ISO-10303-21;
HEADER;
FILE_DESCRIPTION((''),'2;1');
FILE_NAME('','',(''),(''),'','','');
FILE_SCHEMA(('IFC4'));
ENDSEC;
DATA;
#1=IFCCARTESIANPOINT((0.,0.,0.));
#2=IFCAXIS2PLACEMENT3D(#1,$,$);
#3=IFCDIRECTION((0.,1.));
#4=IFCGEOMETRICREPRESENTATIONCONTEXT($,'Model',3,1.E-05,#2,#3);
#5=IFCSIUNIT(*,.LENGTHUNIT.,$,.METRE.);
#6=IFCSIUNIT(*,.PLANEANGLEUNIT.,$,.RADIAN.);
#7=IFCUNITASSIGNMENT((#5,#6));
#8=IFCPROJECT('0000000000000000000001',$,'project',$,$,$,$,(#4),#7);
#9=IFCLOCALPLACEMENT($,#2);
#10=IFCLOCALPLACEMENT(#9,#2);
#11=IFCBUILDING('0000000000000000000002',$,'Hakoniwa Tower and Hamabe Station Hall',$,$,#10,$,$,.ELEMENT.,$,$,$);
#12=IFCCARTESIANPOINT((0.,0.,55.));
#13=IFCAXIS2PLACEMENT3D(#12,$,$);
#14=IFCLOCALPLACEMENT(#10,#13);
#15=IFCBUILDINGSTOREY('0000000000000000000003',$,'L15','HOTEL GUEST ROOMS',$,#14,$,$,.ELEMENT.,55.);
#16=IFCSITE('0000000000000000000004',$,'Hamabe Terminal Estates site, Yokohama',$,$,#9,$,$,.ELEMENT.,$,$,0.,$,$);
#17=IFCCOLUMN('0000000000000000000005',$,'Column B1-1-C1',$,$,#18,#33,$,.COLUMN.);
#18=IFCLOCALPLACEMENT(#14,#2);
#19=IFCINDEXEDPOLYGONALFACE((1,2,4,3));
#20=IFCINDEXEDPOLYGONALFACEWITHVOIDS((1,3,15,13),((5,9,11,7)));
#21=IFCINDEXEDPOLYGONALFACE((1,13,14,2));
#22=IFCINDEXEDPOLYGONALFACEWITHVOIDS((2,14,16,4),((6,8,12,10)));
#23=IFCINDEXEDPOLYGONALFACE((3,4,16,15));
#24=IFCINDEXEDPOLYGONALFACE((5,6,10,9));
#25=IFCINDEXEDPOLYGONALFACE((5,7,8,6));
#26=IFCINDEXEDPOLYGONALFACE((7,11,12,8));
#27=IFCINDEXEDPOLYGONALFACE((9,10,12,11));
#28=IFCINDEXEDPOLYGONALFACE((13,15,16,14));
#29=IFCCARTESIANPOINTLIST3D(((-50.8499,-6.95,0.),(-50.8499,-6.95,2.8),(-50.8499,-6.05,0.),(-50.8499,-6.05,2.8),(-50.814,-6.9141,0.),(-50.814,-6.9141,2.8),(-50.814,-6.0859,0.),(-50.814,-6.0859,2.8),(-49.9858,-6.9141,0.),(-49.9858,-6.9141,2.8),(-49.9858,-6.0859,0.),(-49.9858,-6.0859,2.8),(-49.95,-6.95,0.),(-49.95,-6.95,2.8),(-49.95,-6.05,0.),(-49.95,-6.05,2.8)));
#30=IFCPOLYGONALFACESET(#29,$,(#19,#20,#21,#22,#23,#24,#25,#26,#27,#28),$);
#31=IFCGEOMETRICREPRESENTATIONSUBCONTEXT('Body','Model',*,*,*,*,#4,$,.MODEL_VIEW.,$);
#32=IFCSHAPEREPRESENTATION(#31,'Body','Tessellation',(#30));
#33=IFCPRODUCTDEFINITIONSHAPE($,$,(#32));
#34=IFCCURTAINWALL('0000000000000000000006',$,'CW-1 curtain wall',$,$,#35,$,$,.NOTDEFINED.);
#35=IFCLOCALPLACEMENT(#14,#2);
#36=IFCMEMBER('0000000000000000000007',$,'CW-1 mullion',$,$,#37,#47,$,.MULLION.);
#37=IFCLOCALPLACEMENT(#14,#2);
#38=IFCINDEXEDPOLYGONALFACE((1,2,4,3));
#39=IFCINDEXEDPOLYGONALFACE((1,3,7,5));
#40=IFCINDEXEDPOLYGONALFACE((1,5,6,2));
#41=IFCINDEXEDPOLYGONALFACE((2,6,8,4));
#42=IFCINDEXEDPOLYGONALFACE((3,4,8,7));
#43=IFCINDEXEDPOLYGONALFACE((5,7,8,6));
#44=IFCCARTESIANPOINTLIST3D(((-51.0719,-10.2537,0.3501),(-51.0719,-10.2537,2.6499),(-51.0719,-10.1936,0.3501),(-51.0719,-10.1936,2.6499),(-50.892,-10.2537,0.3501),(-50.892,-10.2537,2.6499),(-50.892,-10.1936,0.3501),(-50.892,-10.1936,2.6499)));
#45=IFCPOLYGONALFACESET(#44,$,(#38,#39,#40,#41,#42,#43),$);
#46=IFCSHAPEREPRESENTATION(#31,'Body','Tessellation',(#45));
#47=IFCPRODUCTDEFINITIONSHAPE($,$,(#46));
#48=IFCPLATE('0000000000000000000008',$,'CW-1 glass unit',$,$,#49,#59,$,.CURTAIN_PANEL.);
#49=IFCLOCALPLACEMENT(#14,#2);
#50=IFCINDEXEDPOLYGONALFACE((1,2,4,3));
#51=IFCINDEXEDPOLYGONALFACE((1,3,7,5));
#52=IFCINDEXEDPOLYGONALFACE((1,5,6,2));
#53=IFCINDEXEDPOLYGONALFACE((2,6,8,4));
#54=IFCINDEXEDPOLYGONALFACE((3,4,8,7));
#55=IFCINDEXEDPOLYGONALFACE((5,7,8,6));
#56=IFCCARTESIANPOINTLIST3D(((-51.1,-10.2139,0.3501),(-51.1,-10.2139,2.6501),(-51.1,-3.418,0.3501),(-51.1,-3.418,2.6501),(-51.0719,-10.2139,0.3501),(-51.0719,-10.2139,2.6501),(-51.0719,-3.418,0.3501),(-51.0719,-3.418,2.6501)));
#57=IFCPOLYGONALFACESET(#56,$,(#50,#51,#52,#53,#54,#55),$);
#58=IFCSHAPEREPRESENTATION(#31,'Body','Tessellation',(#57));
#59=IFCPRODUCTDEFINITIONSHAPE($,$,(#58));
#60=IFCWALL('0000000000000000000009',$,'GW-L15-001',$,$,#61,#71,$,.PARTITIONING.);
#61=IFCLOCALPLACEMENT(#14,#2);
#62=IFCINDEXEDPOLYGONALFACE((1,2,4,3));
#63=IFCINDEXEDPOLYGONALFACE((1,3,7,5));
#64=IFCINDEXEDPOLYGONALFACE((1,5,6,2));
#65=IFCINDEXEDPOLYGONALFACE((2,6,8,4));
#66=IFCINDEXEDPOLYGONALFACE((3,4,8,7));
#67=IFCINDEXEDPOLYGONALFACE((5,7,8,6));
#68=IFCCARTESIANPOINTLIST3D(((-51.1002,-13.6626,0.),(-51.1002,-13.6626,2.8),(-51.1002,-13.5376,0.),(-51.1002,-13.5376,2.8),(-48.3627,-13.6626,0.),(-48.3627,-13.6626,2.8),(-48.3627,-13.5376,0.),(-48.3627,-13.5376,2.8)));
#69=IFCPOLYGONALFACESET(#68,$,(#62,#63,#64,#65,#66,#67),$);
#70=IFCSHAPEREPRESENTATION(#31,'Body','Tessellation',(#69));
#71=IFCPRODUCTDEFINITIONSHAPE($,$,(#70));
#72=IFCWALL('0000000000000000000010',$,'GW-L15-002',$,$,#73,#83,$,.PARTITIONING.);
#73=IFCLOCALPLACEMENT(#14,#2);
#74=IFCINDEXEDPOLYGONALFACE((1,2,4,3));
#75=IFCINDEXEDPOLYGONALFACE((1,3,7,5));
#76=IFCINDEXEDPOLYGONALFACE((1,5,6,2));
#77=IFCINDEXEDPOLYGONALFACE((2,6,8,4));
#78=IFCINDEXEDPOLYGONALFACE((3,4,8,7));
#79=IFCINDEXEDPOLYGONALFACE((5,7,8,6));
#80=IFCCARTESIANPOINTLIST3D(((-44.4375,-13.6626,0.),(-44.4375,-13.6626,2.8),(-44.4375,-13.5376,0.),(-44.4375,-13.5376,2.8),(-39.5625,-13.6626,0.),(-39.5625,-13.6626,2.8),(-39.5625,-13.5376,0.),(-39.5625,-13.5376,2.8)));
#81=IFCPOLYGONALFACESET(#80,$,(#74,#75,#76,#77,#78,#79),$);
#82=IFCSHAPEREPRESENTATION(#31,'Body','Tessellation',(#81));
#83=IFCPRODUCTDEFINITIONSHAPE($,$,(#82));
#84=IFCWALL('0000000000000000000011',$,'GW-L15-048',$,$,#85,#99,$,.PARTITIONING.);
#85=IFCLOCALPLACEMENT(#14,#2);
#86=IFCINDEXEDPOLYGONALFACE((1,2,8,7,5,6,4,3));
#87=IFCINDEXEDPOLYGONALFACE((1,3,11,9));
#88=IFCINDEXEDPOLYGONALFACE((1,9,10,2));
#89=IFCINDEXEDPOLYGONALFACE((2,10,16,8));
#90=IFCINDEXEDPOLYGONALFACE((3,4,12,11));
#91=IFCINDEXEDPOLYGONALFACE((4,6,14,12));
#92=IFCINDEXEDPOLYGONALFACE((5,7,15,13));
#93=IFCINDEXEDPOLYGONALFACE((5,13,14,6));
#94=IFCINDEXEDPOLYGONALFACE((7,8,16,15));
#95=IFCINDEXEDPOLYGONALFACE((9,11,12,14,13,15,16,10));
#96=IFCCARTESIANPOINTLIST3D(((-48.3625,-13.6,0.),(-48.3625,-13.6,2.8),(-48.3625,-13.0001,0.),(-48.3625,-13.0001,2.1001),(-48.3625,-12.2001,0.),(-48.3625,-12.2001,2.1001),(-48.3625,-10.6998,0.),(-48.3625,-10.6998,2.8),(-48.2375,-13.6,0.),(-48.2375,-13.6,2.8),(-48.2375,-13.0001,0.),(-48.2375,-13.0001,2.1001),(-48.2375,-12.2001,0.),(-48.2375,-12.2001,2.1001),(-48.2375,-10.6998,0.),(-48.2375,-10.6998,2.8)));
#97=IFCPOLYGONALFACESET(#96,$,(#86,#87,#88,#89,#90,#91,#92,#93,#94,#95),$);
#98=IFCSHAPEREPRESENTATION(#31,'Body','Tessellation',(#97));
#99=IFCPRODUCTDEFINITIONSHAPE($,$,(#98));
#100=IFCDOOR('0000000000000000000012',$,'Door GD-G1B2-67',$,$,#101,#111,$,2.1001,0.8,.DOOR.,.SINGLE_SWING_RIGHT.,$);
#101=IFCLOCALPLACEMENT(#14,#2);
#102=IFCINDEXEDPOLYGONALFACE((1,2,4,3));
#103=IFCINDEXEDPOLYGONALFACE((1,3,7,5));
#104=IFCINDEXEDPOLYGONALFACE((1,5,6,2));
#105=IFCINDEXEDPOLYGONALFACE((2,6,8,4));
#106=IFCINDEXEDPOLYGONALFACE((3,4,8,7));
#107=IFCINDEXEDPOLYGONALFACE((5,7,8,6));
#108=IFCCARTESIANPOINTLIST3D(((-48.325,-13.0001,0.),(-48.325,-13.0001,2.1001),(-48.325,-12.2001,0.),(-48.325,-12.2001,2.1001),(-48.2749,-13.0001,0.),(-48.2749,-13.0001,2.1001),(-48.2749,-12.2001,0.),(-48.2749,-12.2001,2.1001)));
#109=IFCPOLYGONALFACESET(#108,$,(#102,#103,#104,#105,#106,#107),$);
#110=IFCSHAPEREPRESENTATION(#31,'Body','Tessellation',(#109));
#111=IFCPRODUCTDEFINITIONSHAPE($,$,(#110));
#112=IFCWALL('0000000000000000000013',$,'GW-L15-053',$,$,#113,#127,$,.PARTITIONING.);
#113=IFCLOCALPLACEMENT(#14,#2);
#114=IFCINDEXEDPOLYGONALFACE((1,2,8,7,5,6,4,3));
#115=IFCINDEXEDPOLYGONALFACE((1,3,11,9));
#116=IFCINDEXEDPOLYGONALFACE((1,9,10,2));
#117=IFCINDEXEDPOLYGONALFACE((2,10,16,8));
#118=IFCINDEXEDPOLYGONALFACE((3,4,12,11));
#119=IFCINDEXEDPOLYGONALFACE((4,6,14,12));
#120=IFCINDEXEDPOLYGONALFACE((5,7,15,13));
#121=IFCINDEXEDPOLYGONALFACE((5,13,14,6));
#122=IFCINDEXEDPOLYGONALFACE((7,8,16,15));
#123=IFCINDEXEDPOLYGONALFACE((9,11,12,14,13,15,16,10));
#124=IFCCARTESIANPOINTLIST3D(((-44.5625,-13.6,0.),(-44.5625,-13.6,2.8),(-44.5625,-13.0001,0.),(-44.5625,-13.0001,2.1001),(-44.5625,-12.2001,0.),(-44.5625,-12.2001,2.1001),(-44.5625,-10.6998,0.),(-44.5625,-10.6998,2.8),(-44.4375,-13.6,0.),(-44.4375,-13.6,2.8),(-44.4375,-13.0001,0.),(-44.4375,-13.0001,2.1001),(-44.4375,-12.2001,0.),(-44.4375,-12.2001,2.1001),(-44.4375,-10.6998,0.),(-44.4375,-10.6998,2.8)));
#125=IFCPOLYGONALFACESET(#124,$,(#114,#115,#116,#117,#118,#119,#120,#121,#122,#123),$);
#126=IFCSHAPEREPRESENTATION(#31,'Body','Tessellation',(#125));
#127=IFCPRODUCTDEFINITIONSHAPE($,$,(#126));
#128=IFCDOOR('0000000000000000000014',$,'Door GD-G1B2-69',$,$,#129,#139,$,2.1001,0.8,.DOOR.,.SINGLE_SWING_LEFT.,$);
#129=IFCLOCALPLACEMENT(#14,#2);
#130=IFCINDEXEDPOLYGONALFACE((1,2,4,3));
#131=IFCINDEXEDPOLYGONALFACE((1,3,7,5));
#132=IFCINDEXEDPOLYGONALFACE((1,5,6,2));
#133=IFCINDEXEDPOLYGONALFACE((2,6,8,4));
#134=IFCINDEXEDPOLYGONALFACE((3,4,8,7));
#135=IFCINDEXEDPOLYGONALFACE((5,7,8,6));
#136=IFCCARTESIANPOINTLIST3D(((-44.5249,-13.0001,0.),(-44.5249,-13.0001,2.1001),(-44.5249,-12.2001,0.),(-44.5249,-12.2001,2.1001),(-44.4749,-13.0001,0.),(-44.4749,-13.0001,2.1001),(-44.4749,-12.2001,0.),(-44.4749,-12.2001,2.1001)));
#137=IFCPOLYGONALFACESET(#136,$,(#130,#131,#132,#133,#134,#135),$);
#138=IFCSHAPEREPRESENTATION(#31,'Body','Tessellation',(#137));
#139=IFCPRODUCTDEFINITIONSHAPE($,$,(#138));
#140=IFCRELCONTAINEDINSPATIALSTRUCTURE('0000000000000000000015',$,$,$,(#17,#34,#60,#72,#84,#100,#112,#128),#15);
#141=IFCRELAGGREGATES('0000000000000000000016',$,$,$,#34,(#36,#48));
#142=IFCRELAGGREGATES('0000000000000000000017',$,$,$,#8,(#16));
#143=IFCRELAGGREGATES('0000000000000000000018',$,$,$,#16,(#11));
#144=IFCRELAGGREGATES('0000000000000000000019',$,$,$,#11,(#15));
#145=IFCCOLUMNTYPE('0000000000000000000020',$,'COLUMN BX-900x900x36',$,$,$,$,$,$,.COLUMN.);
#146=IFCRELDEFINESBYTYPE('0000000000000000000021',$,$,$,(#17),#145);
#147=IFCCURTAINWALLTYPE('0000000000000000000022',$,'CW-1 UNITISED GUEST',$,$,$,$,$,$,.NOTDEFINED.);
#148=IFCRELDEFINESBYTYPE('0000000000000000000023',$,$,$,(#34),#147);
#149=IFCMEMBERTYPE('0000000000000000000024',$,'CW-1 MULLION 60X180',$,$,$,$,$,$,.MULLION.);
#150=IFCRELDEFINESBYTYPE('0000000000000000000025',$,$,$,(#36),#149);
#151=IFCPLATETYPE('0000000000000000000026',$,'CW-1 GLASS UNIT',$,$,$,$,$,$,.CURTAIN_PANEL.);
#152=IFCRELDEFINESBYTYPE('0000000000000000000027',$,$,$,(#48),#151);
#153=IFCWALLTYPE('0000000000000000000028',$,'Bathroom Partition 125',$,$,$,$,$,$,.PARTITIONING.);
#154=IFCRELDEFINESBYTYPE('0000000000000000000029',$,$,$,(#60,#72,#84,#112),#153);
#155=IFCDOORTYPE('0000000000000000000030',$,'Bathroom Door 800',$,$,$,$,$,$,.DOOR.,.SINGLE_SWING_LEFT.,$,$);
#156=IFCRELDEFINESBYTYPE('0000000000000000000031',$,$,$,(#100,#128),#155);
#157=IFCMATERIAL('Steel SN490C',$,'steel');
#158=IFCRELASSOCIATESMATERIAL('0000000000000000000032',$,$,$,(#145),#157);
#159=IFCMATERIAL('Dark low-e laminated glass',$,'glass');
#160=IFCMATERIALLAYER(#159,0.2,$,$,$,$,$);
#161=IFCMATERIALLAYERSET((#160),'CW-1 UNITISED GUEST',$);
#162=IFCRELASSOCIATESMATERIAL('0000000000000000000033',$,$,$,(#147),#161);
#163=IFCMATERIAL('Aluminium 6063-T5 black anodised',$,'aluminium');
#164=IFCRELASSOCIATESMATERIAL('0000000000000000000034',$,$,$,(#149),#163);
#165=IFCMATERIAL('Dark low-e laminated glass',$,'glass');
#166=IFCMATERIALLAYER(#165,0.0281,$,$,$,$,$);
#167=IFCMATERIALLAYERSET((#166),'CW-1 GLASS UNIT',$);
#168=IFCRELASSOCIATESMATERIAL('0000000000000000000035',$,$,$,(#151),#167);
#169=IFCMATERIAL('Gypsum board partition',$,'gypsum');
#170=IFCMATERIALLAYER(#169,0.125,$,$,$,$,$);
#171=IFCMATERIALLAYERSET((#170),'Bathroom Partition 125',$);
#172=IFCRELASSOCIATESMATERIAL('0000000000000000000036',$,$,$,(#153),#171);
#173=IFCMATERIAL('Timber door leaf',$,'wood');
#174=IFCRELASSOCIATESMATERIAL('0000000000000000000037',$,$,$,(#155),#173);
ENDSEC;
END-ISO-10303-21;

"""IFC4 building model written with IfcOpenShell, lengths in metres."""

from ifc_helpers import new_model, si_unit, direction, frame, frame_2d, origin, origin_2d, place, context, subcontext, project, spatial, rectangle, hollow_rectangle, extrude, material, layer, layer_set, material_profile, profile_set, type_object, element, fill, aggregate, save


model = new_model("IFC4")

# Units and contexts
model_context = context("Model", 3, precision=1e-05, world=origin(), true_north=direction((0.0, 1.0)))
body_context = subcontext(model_context, "Body", "Model", "MODEL_VIEW")
ifc_project = project(units=[si_unit("LENGTHUNIT", "METRE"), si_unit("PLANEANGLEUNIT", "RADIAN")], contexts=[model_context])

# Site, building, storey
site_placement = place(None, origin())
site = spatial("IfcSite", under=ifc_project, at=site_placement, Name="Hamabe Terminal Estates site, Yokohama", CompositionType="ELEMENT", RefElevation=0.0)
building_placement = place(site_placement, origin())
building = spatial("IfcBuilding", under=site, at=building_placement, Name="Hakoniwa Tower and Hamabe Station Hall", CompositionType="ELEMENT")
storey_placement = place(building_placement, frame((0.0, 0.0, 55.0)))
storey = spatial("IfcBuildingStorey", under=building, at=storey_placement, Name="L15", Description="HOTEL GUEST ROOMS", CompositionType="ELEMENT", Elevation=55.0)

# Column
ifc_material_1 = material(Name="Steel SN490C", Category="steel")
ifc_material_profile_1 = material_profile(ifc_material_1, hollow_rectangle(XDim=0.8999, YDim=0.8999, WallThickness=0.0359, at=origin_2d()), Name="BX-900x900x36")
ifc_profile_set_1 = profile_set([ifc_material_profile_1], Name="Steel SN490C")
column_type = type_object("IfcColumnType", Name="COLUMN BX-900x900x36", PredefinedType="COLUMN", material=ifc_profile_set_1)
column_placement = place(storey_placement, frame((-50.3999, -6.5, 0.0), z_axis=(0.0, 0.0, 1.0), x_axis=(1.0, 0.0, 0.0)))
element("IfcColumn", 1, at=column_placement, inside=storey, type_object=column_type, Name="Column B1-1-C1", PredefinedType="COLUMN", context=body_context, shape_type="SweptSolid", body=[
    extrude(hollow_rectangle(XDim=0.8999, YDim=0.8999, WallThickness=0.0359, at=origin_2d()), origin(), (0.0, 0.0, 1.0), 2.8),
])

# Curtain wall, member, plate
ifc_material_2 = material(Name="Dark low-e laminated glass", Category="glass")
ifc_layer_1 = layer(ifc_material_2, 0.2)
ifc_layer_set_1 = layer_set([ifc_layer_1], Name="CW-1 UNITISED GUEST")
curtain_wall_type = type_object("IfcCurtainWallType", Name="CW-1 UNITISED GUEST", PredefinedType="NOTDEFINED", material=ifc_layer_set_1)
curtain_wall_placement = place(storey_placement, origin())
curtain_wall = element("IfcCurtainWall", 2, at=curtain_wall_placement, inside=storey, type_object=curtain_wall_type, Name="CW-1 curtain wall", PredefinedType="NOTDEFINED")
ifc_material_3 = material(Name="Aluminium 6063-T5 black anodised", Category="aluminium")
ifc_material_profile_2 = material_profile(ifc_material_3, rectangle(XDim=0.0601, YDim=0.1799, at=origin_2d()), Name="CW-1 MULLION 60X180")
ifc_profile_set_2 = profile_set([ifc_material_profile_2], Name="Aluminium 6063-T5 black anodised")
member_type = type_object("IfcMemberType", Name="CW-1 MULLION 60X180", PredefinedType="MULLION", material=ifc_profile_set_2)
member_placement = place(storey_placement, frame((-50.9819, -10.2236, 0.3501), z_axis=(0.0, 0.0, 1.0), x_axis=(0.0, -1.0, 0.0)))
member = element("IfcMember", 3, at=member_placement, type_object=member_type, Name="CW-1 mullion", PredefinedType="MULLION", context=body_context, shape_type="SweptSolid", body=[
    extrude(rectangle(XDim=0.0601, YDim=0.1799, at=origin_2d()), origin(), (0.0, 0.0, 1.0), 2.2998),
])
ifc_material_4 = material(Name="Dark low-e laminated glass", Category="glass")
ifc_layer_2 = layer(ifc_material_4, 0.0281)
ifc_layer_set_2 = layer_set([ifc_layer_2], Name="CW-1 GLASS UNIT")
plate_type = type_object("IfcPlateType", Name="CW-1 GLASS UNIT", PredefinedType="CURTAIN_PANEL", material=ifc_layer_set_2)
plate_placement = place(storey_placement, frame((-51.0859, -6.8159, 0.3501), z_axis=(0.0, 0.0, 1.0), x_axis=(0.0, -1.0, 0.0)))
plate = element("IfcPlate", 4, at=plate_placement, type_object=plate_type, Name="CW-1 glass unit", PredefinedType="CURTAIN_PANEL", context=body_context, shape_type="SweptSolid", body=[
    extrude(rectangle(XDim=6.7959, YDim=0.0281, at=origin_2d()), origin(), (0.0, 0.0, 1.0), 2.3),
])
aggregate(curtain_wall, [member, plate])

# Walls
ifc_material_5 = material(Name="Gypsum board partition", Category="gypsum")
ifc_layer_3 = layer(ifc_material_5, 0.125)
ifc_layer_set_3 = layer_set([ifc_layer_3], Name="Bathroom Partition 125")
wall_type_1 = type_object("IfcWallType", Name="Bathroom Partition 125", PredefinedType="PARTITIONING", material=ifc_layer_set_3)
wall_1_placement = place(storey_placement, frame((-51.1001, -13.6001, 0.0), z_axis=(0.0, 0.0, 1.0), x_axis=(1.0, 0.0, 0.0)))
element("IfcWall", 5, at=wall_1_placement, inside=storey, type_object=wall_type_1, Name="GW-L15-001", PredefinedType="PARTITIONING", context=body_context, shape_type="SweptSolid", body=[
    extrude(rectangle(XDim=2.7375, YDim=0.125, at=frame_2d((1.3687, 0.0))), origin(), (0.0, 0.0, 1.0), 2.8),
])
wall_2_placement = place(storey_placement, frame((-44.4375, -13.6001, 0.0), z_axis=(0.0, 0.0, 1.0), x_axis=(1.0, 0.0, 0.0)))
element("IfcWall", 6, at=wall_2_placement, inside=storey, type_object=wall_type_1, Name="GW-L15-002", PredefinedType="PARTITIONING", context=body_context, shape_type="SweptSolid", body=[
    extrude(rectangle(XDim=4.875, YDim=0.125, at=frame_2d((2.4375, 0.0))), origin(), (0.0, 0.0, 1.0), 2.8),
])

# Walls, openings, doors
wall_3_placement = place(storey_placement, frame((-48.3, -13.6001, 0.0), z_axis=(0.0, 0.0, 1.0), x_axis=(0.0, 1.0, 0.0)))
wall_3 = element("IfcWall", 7, at=wall_3_placement, inside=storey, type_object=wall_type_1, Name="GW-L15-048", PredefinedType="PARTITIONING", context=body_context, shape_type="SweptSolid", body=[
    extrude(rectangle(XDim=2.9001, YDim=0.125, at=frame_2d((1.4502, 0.0))), origin(), (0.0, 0.0, 1.0), 2.8),
])
opening_1_placement = place(wall_3_placement, frame((0.6001, 0.0, 0.0)))
opening_1 = element("IfcOpeningElement", 8, at=opening_1_placement, cuts=wall_3, PredefinedType="OPENING", context=body_context, shape_type="SweptSolid", body=[
    extrude(rectangle(XDim=0.8, YDim=2.1001, at=frame_2d((0.3999, 1.05))), frame((0.0, 0.0725, 0.0), z_axis=(0.0, -1.0, 0.0), x_axis=(1.0, 0.0, 0.0)), (0.0, 0.0, 1.0), 0.145),
])
ifc_material_6 = material(Name="Timber door leaf", Category="wood")
door_type_1 = type_object("IfcDoorType", Name="Bathroom Door 800", OperationType="SINGLE_SWING_LEFT", PredefinedType="DOOR", material=ifc_material_6)
door_1_placement = place(opening_1_placement, origin())
door_1 = element("IfcDoor", 9, at=door_1_placement, inside=storey, type_object=door_type_1, Name="Door GD-G1B2-67", OperationType="SINGLE_SWING_RIGHT", OverallHeight=2.1001, OverallWidth=0.8, PredefinedType="DOOR", context=body_context, shape_type="SweptSolid", body=[
    extrude(rectangle(XDim=0.8, YDim=2.1001, at=frame_2d((0.3999, 1.05))), frame((0.0, 0.0249, 0.0), z_axis=(0.0, -1.0, 0.0), x_axis=(1.0, 0.0, 0.0)), (0.0, 0.0, 1.0), 0.05),
])
fill(opening_1, door_1)
wall_4_placement = place(storey_placement, frame((-44.5, -13.6001, 0.0), z_axis=(0.0, 0.0, 1.0), x_axis=(0.0, 1.0, 0.0)))
wall_4 = element("IfcWall", 10, at=wall_4_placement, inside=storey, type_object=wall_type_1, Name="GW-L15-053", PredefinedType="PARTITIONING", context=body_context, shape_type="SweptSolid", body=[
    extrude(rectangle(XDim=2.9001, YDim=0.125, at=frame_2d((1.4502, 0.0))), origin(), (0.0, 0.0, 1.0), 2.8),
])
opening_2_placement = place(wall_4_placement, frame((0.6001, 0.0, 0.0)))
opening_2 = element("IfcOpeningElement", 11, at=opening_2_placement, cuts=wall_4, PredefinedType="OPENING", context=body_context, shape_type="SweptSolid", body=[
    extrude(rectangle(XDim=0.8, YDim=2.1001, at=frame_2d((0.3999, 1.05))), frame((0.0, 0.0725, 0.0), z_axis=(0.0, -1.0, 0.0), x_axis=(1.0, 0.0, 0.0)), (0.0, 0.0, 1.0), 0.145),
])
door_2_placement = place(opening_2_placement, origin())
door_2 = element("IfcDoor", 12, at=door_2_placement, inside=storey, type_object=door_type_1, Name="Door GD-G1B2-69", OperationType="SINGLE_SWING_LEFT", OverallHeight=2.1001, OverallWidth=0.8, PredefinedType="DOOR", context=body_context, shape_type="SweptSolid", body=[
    extrude(rectangle(XDim=0.8, YDim=2.1001, at=frame_2d((0.3999, 1.05))), frame((0.0, 0.0249, 0.0), z_axis=(0.0, -1.0, 0.0), x_axis=(1.0, 0.0, 0.0)), (0.0, 0.0, 1.0), 0.05),
])
fill(opening_2, door_2)

save(model, "model.ifc")
